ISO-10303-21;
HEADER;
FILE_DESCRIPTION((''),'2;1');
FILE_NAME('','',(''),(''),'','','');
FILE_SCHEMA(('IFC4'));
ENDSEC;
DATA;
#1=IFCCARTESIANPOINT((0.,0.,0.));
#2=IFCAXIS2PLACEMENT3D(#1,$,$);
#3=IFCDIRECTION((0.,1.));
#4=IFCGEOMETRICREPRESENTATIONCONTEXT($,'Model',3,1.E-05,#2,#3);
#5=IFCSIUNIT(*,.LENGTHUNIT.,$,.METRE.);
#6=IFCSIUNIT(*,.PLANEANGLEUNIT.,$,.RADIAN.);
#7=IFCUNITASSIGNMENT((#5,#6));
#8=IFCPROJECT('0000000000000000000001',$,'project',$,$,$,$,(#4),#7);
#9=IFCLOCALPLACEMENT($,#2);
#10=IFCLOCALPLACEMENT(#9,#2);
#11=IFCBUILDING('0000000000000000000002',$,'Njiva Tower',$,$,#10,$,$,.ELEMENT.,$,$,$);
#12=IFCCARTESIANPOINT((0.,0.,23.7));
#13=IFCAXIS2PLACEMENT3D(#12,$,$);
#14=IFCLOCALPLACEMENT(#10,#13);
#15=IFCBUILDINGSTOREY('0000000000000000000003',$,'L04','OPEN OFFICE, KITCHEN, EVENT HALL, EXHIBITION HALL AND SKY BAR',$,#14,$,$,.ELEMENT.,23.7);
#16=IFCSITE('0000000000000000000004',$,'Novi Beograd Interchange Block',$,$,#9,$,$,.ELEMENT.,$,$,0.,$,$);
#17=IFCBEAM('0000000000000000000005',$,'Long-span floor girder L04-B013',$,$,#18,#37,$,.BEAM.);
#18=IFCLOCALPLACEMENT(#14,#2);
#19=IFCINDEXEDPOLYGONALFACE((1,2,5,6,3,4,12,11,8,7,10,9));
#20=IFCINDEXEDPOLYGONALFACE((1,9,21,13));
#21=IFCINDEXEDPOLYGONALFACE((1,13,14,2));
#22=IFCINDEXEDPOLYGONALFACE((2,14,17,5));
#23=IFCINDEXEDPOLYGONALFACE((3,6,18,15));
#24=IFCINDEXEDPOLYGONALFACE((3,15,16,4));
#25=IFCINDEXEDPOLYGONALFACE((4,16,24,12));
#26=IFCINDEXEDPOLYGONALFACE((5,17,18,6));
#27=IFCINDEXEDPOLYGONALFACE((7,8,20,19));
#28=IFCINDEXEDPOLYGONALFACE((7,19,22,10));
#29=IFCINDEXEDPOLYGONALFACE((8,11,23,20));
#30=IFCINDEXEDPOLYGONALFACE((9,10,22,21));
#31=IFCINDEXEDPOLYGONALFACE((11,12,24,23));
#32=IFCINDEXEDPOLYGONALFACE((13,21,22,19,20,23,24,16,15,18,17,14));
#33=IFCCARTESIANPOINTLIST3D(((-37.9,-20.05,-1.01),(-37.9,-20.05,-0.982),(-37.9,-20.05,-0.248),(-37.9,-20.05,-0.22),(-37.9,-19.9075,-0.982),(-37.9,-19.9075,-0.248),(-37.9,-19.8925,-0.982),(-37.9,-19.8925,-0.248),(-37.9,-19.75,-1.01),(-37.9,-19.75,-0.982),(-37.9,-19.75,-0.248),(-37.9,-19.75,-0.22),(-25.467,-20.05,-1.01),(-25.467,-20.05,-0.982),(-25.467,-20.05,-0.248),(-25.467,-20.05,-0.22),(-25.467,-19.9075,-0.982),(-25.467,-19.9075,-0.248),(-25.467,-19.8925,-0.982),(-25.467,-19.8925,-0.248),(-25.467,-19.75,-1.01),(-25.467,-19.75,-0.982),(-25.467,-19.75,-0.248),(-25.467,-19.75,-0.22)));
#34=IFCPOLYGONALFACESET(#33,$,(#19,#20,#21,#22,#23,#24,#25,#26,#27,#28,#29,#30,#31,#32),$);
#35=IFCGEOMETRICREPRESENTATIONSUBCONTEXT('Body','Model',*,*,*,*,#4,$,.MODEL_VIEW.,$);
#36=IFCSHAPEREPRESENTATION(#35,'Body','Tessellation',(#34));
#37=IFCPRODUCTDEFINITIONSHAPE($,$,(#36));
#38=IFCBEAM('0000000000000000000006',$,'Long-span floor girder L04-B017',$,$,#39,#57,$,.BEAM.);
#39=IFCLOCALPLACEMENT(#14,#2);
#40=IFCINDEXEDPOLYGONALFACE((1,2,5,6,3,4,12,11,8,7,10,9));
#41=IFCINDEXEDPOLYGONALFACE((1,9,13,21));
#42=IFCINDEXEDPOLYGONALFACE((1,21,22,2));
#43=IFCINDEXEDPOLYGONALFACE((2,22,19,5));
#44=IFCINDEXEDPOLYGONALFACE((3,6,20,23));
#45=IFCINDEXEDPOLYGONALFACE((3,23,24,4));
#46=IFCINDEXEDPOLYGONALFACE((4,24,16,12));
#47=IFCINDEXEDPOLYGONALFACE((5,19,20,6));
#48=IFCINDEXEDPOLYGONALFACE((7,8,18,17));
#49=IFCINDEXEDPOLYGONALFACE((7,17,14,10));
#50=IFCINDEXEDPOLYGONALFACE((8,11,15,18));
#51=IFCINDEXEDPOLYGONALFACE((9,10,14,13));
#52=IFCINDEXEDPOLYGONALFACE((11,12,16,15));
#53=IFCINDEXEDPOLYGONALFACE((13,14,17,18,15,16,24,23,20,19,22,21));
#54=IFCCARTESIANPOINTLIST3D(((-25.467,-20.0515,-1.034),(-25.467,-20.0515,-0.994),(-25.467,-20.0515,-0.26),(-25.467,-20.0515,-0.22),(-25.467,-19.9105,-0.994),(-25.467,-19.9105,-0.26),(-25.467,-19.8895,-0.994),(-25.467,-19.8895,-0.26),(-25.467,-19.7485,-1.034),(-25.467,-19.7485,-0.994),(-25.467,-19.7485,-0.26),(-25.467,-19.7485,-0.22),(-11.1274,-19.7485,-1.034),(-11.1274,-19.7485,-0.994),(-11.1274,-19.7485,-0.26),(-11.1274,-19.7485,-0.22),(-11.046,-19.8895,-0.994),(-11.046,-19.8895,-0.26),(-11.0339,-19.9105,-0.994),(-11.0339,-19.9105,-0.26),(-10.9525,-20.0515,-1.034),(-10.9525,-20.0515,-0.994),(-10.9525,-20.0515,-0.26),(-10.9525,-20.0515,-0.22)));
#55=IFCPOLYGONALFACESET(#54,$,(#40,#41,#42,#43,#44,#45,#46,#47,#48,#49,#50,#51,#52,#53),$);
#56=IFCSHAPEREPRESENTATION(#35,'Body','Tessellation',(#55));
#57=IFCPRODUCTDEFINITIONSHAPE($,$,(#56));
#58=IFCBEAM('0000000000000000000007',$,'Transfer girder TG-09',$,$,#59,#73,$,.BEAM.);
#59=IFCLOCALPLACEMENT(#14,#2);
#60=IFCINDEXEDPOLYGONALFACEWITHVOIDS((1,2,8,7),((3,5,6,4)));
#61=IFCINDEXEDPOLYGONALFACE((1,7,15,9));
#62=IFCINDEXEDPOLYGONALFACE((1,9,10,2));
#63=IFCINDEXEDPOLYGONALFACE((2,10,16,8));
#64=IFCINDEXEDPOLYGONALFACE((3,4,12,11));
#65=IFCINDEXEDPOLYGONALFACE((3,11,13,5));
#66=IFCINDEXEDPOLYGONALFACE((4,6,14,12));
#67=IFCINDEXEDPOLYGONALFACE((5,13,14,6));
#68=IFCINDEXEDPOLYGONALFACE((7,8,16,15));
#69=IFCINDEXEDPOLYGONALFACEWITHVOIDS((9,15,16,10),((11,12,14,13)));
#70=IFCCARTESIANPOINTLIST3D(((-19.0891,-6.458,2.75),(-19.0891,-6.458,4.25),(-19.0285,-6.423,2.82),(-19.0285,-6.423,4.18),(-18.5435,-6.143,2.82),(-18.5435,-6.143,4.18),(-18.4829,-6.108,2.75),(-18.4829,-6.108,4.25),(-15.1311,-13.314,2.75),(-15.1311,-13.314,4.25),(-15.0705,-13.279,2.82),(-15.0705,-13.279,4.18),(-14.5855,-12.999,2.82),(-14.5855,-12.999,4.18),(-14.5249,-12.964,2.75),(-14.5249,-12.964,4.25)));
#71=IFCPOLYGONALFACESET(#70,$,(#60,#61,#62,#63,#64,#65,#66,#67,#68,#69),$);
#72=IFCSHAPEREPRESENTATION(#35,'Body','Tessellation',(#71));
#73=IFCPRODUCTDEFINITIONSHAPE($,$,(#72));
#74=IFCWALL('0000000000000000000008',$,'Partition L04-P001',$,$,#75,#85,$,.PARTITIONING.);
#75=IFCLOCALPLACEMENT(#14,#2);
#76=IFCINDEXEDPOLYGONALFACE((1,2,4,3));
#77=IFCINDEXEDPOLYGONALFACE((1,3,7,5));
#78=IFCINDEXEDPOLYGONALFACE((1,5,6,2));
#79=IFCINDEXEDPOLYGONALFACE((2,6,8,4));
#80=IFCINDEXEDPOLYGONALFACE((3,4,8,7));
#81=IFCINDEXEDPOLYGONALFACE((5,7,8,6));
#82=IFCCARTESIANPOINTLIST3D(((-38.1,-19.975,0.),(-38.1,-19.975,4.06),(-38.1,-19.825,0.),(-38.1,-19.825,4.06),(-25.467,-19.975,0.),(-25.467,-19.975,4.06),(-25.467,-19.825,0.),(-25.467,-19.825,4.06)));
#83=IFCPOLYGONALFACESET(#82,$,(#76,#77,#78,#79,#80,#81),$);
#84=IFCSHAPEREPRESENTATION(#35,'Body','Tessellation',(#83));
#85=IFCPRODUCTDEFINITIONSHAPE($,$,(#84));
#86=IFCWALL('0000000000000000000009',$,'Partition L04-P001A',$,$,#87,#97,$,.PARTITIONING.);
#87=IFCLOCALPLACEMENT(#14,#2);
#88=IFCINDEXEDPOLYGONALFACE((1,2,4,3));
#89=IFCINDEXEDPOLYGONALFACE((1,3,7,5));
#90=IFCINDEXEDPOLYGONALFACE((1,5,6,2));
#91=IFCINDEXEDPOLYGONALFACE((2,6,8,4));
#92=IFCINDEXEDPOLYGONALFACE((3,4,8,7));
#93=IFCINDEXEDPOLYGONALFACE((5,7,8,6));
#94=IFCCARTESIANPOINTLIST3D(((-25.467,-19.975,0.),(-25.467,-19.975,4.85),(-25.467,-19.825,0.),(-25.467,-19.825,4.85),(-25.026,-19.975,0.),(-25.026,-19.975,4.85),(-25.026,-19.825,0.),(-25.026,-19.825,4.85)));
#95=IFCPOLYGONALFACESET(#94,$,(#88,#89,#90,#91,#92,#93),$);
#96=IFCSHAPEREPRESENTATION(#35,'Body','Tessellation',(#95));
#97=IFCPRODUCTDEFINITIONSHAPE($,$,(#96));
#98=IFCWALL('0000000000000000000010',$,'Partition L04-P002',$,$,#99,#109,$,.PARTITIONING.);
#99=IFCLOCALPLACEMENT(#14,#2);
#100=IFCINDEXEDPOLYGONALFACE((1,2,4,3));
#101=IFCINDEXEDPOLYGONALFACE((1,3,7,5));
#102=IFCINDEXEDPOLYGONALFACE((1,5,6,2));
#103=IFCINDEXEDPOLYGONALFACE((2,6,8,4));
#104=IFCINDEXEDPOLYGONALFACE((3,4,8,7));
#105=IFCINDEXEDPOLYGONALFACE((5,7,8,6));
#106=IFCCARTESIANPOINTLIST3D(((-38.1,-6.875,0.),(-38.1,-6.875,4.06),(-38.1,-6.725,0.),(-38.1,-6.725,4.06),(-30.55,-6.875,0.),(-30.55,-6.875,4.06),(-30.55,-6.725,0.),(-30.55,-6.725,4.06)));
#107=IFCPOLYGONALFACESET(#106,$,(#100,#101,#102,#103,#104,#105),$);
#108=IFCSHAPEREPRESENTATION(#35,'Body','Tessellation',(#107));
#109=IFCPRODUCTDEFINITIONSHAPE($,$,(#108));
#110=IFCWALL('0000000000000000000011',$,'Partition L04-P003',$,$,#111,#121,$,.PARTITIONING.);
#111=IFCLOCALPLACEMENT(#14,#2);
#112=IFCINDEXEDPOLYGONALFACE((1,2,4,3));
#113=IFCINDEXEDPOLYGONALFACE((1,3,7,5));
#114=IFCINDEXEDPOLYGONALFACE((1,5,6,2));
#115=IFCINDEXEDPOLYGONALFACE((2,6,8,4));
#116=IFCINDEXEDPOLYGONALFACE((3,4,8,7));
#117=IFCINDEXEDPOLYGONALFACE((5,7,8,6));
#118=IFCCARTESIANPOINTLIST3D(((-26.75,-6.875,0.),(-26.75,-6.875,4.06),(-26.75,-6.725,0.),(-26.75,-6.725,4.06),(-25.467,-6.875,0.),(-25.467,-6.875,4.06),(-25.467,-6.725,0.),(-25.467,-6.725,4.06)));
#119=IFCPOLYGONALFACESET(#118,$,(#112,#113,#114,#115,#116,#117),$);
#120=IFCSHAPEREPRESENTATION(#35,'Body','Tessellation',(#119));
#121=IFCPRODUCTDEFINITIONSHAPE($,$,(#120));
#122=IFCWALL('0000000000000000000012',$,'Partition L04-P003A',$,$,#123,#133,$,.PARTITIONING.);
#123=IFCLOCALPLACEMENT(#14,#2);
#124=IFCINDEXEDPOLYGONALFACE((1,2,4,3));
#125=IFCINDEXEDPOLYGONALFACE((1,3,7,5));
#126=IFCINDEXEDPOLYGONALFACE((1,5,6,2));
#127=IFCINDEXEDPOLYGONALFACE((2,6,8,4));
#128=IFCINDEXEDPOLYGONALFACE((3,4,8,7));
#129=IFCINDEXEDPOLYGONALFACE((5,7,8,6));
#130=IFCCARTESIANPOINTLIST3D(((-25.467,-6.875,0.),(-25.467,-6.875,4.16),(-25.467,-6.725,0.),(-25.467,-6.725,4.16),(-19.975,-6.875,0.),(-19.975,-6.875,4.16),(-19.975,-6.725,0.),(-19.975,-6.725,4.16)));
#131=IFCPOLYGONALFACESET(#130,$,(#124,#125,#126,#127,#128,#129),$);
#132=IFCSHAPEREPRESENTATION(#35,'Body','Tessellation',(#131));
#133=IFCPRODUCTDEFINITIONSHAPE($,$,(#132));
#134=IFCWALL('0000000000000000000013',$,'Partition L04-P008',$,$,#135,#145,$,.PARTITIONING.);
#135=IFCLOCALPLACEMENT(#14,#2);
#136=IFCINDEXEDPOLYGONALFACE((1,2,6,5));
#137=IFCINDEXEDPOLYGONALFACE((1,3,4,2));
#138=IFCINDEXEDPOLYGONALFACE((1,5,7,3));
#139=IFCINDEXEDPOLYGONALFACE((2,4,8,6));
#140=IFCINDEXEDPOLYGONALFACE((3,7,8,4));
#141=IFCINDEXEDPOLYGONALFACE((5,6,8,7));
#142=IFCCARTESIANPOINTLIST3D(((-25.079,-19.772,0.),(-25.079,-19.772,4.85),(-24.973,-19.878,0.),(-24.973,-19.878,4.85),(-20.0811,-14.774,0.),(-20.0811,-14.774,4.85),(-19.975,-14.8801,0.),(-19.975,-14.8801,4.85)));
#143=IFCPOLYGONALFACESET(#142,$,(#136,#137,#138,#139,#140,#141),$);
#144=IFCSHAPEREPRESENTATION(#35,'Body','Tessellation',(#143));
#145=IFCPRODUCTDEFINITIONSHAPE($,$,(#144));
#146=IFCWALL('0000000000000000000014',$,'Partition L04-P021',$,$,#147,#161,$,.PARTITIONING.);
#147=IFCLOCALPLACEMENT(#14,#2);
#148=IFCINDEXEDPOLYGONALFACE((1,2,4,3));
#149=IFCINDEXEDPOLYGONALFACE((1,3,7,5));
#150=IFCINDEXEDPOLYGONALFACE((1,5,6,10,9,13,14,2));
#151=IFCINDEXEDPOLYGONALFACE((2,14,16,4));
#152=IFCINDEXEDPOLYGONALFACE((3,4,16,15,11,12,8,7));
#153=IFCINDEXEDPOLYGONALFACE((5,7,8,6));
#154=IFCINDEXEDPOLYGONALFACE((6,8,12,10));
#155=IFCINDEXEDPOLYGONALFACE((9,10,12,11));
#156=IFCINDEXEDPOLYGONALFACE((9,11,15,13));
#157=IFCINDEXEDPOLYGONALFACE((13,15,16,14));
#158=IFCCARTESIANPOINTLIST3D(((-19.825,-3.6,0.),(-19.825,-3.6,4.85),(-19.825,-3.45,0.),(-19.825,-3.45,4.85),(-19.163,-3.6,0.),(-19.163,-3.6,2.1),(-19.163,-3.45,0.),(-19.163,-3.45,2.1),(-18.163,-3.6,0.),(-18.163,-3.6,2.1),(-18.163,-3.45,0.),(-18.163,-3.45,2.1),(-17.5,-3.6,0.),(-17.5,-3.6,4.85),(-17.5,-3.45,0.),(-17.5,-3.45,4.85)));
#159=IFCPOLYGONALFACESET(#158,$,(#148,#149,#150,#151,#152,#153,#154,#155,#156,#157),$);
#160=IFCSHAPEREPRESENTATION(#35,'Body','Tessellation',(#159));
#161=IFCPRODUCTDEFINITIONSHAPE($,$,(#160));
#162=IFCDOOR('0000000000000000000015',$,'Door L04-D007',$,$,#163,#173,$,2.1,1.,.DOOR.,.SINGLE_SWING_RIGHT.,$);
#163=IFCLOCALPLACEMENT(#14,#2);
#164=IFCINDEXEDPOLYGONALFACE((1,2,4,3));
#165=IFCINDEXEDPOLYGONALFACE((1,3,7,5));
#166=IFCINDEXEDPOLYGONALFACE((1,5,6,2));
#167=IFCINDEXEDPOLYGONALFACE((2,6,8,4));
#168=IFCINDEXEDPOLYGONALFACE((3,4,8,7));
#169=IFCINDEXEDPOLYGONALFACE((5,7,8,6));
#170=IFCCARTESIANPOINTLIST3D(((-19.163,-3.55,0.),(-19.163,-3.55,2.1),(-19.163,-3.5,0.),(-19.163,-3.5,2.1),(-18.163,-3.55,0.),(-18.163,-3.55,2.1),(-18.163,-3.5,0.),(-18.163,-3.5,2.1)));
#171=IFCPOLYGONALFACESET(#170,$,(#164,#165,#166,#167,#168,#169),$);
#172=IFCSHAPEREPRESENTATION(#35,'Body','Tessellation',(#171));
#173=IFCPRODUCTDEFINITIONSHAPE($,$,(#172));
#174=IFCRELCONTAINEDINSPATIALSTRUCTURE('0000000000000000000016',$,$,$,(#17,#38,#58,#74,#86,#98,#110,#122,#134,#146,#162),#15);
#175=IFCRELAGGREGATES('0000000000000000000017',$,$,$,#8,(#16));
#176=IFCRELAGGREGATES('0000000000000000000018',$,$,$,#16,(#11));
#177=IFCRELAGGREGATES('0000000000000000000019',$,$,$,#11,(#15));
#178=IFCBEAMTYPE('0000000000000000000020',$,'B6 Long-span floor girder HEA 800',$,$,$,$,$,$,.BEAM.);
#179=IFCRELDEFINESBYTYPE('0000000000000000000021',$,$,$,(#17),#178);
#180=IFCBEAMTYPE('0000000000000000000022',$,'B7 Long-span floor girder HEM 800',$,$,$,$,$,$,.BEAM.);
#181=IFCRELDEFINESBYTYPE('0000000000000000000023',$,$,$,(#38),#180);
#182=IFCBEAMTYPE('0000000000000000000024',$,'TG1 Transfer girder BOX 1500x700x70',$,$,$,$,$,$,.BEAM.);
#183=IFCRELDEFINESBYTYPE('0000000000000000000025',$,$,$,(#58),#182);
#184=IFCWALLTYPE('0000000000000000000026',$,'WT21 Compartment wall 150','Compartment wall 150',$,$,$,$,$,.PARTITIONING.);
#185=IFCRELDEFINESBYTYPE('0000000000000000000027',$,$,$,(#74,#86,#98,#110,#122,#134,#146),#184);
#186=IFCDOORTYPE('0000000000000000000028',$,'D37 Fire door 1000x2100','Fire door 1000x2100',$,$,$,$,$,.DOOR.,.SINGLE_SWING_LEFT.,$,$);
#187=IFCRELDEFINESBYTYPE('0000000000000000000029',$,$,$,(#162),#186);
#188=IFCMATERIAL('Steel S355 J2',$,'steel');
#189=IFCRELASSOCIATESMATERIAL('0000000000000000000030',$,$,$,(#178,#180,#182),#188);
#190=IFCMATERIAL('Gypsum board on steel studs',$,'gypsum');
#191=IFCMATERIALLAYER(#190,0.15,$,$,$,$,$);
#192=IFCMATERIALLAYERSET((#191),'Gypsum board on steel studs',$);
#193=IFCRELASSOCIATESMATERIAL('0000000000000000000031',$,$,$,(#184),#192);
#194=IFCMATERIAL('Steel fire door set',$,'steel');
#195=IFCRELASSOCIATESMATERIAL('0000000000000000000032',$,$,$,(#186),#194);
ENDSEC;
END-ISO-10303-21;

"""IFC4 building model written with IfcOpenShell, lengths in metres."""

from ifc_helpers import new_model, si_unit, direction, frame, frame_2d, origin, origin_2d, place, context, subcontext, project, spatial, rectangle, hollow_rectangle, i_section, extrude, clip, halfspace, material, layer, layer_set, material_profile, profile_set, type_object, element, fill, save


model = new_model("IFC4")

# Units and contexts
model_context = context("Model", 3, precision=1e-05, world=origin(), true_north=direction((0.0, 1.0)))
body_context = subcontext(model_context, "Body", "Model", "MODEL_VIEW")
ifc_project = project(units=[si_unit("LENGTHUNIT", "METRE"), si_unit("PLANEANGLEUNIT", "RADIAN")], contexts=[model_context])

# Site, building, storey
site_placement = place(None, origin())
site = spatial("IfcSite", under=ifc_project, at=site_placement, Name="Novi Beograd Interchange Block", CompositionType="ELEMENT", RefElevation=0.0)
building_placement = place(site_placement, origin())
building = spatial("IfcBuilding", under=site, at=building_placement, Name="Njiva Tower", CompositionType="ELEMENT")
storey_placement = place(building_placement, frame((0.0, 0.0, 23.7)))
storey = spatial("IfcBuildingStorey", under=building, at=storey_placement, Name="L04", Description="OPEN OFFICE, KITCHEN, EVENT HALL, EXHIBITION HALL AND SKY BAR", CompositionType="ELEMENT", Elevation=23.7)

# Shared definitions
ifc_material_1 = material(Name="Steel S355 J2", Category="steel")

# Beams
ifc_material_profile_1 = material_profile(ifc_material_1, i_section(OverallWidth=0.3, OverallDepth=0.79, WebThickness=0.015, FlangeThickness=0.028, at=origin_2d()), Name="HEA 800")
ifc_profile_set_1 = profile_set([ifc_material_profile_1], Name="Steel S355 J2")
beam_type_1 = type_object("IfcBeamType", Name="B6 Long-span floor girder HEA 800", PredefinedType="BEAM", material=ifc_profile_set_1)
beam_1_placement = place(storey_placement, frame((-37.9, -19.9, -0.615), z_axis=(1.0, 0.0, 0.0), x_axis=(0.0, 1.0, 0.0)))
element("IfcBeam", 1, at=beam_1_placement, inside=storey, type_object=beam_type_1, Name="Long-span floor girder L04-B013", PredefinedType="BEAM", context=body_context, shape_type="SweptSolid", body=[
    extrude(i_section(OverallWidth=0.3, OverallDepth=0.79, WebThickness=0.015, FlangeThickness=0.028, at=origin_2d()), origin(), (0.0, 0.0, 1.0), 12.433),
])
ifc_material_profile_2 = material_profile(ifc_material_1, i_section(OverallWidth=0.303, OverallDepth=0.814, WebThickness=0.021, FlangeThickness=0.04, at=origin_2d()), Name="HEM 800")
ifc_profile_set_2 = profile_set([ifc_material_profile_2], Name="Steel S355 J2")
beam_type_2 = type_object("IfcBeamType", Name="B7 Long-span floor girder HEM 800", PredefinedType="BEAM", material=ifc_profile_set_2)
beam_2_placement = place(storey_placement, frame((-25.467, -19.9, -0.627), z_axis=(1.0, 0.0, 0.0), x_axis=(0.0, 1.0, 0.0)))
element("IfcBeam", 2, at=beam_2_placement, inside=storey, type_object=beam_type_2, Name="Long-span floor girder L04-B017", PredefinedType="BEAM", context=body_context, shape_type="Clipping", body=[
    clip(extrude(i_section(OverallWidth=0.303, OverallDepth=0.814, WebThickness=0.021, FlangeThickness=0.04, at=origin_2d()), origin(), (0.0, 0.0, 1.0), 14.534), halfspace(frame((0.025, 0.0, 14.4126), z_axis=(0.499998, 0.0, 0.866027), x_axis=(0.0, 1.0, 0.0)), False)),
])
ifc_material_profile_3 = material_profile(ifc_material_1, hollow_rectangle(XDim=0.7, YDim=1.5, WallThickness=0.07, at=origin_2d()), Name="BOX 1500x700x70")
ifc_profile_set_3 = profile_set([ifc_material_profile_3], Name="Steel S355 J2")
beam_type_3 = type_object("IfcBeamType", Name="TG1 Transfer girder BOX 1500x700x70", PredefinedType="BEAM", material=ifc_profile_set_3)
beam_3_placement = place(storey_placement, frame((-18.786, -6.283, 3.5), z_axis=(0.49997, -0.866043, 0.0), x_axis=(0.866043, 0.49997, 0.0)))
element("IfcBeam", 3, at=beam_3_placement, inside=storey, type_object=beam_type_3, Name="Transfer girder TG-09", PredefinedType="BEAM", context=body_context, shape_type="SweptSolid", body=[
    extrude(hollow_rectangle(XDim=0.7, YDim=1.5, WallThickness=0.07, at=origin_2d()), origin(), (0.0, 0.0, 1.0), 7.9165),
])

# Walls
ifc_material_2 = material(Name="Gypsum board on steel studs", Category="gypsum")
ifc_layer_1 = layer(ifc_material_2, 0.15)
ifc_layer_set_1 = layer_set([ifc_layer_1], Name="Gypsum board on steel studs")
wall_type_1 = type_object("IfcWallType", Name="WT21 Compartment wall 150", Description="Compartment wall 150", PredefinedType="PARTITIONING", material=ifc_layer_set_1)
wall_1_placement = place(storey_placement, frame((-38.1, -19.9, 0.0), z_axis=(0.0, 0.0, 1.0), x_axis=(1.0, 0.0, 0.0)))
element("IfcWall", 4, at=wall_1_placement, inside=storey, type_object=wall_type_1, Name="Partition L04-P001", PredefinedType="PARTITIONING", context=body_context, shape_type="SweptSolid", body=[
    extrude(rectangle(XDim=12.633, YDim=0.15, at=frame_2d((6.3165, 0.0))), origin(), (0.0, 0.0, 1.0), 4.06),
])
wall_2_placement = place(storey_placement, frame((-25.467, -19.9, 0.0), z_axis=(0.0, 0.0, 1.0), x_axis=(1.0, 0.0, 0.0)))
element("IfcWall", 5, at=wall_2_placement, inside=storey, type_object=wall_type_1, Name="Partition L04-P001A", PredefinedType="PARTITIONING", context=body_context, shape_type="SweptSolid", body=[
    extrude(rectangle(XDim=0.441, YDim=0.15, at=frame_2d((0.2205, 0.0))), origin(), (0.0, 0.0, 1.0), 4.85),
])
wall_3_placement = place(storey_placement, frame((-38.1, -6.8, 0.0), z_axis=(0.0, 0.0, 1.0), x_axis=(1.0, 0.0, 0.0)))
element("IfcWall", 6, at=wall_3_placement, inside=storey, type_object=wall_type_1, Name="Partition L04-P002", PredefinedType="PARTITIONING", context=body_context, shape_type="SweptSolid", body=[
    extrude(rectangle(XDim=7.55, YDim=0.15, at=frame_2d((3.775, 0.0))), origin(), (0.0, 0.0, 1.0), 4.06),
])
wall_4_placement = place(storey_placement, frame((-26.75, -6.8, 0.0), z_axis=(0.0, 0.0, 1.0), x_axis=(1.0, 0.0, 0.0)))
element("IfcWall", 7, at=wall_4_placement, inside=storey, type_object=wall_type_1, Name="Partition L04-P003", PredefinedType="PARTITIONING", context=body_context, shape_type="SweptSolid", body=[
    extrude(rectangle(XDim=1.283, YDim=0.15, at=frame_2d((0.6415, 0.0))), origin(), (0.0, 0.0, 1.0), 4.06),
])
wall_5_placement = place(storey_placement, frame((-25.467, -6.8, 0.0), z_axis=(0.0, 0.0, 1.0), x_axis=(1.0, 0.0, 0.0)))
element("IfcWall", 8, at=wall_5_placement, inside=storey, type_object=wall_type_1, Name="Partition L04-P003A", PredefinedType="PARTITIONING", context=body_context, shape_type="SweptSolid", body=[
    extrude(rectangle(XDim=5.492, YDim=0.15, at=frame_2d((2.746, 0.0))), origin(), (0.0, 0.0, 1.0), 4.16),
])
wall_6_placement = place(storey_placement, frame((-25.026, -19.825, 0.0), z_axis=(0.0, 0.0, 1.0), x_axis=(0.707107, 0.707107, 0.0)))
element("IfcWall", 9, at=wall_6_placement, inside=storey, type_object=wall_type_1, Name="Partition L04-P008", PredefinedType="PARTITIONING", context=body_context, shape_type="SweptSolid", body=[
    extrude(rectangle(XDim=7.0682, YDim=0.15, at=frame_2d((3.5341, 0.0))), origin(), (0.0, 0.0, 1.0), 4.85),
])

# Wall, opening, door
wall_7_placement = place(storey_placement, frame((-19.825, -3.525, 0.0), z_axis=(0.0, 0.0, 1.0), x_axis=(1.0, 0.0, 0.0)))
wall_7 = element("IfcWall", 10, at=wall_7_placement, inside=storey, type_object=wall_type_1, Name="Partition L04-P021", PredefinedType="PARTITIONING", context=body_context, shape_type="SweptSolid", body=[
    extrude(rectangle(XDim=2.325, YDim=0.15, at=frame_2d((1.1625, 0.0))), origin(), (0.0, 0.0, 1.0), 4.85),
])
opening_1_placement = place(wall_7_placement, frame((0.662, 0.0, 0.0)))
opening_1 = element("IfcOpeningElement", 11, at=opening_1_placement, cuts=wall_7, PredefinedType="OPENING", context=body_context, shape_type="SweptSolid", body=[
    extrude(rectangle(XDim=1.0, YDim=2.1, at=frame_2d((0.5, 1.05))), frame((0.0, 0.085, 0.0), z_axis=(0.0, -1.0, 0.0), x_axis=(1.0, 0.0, 0.0)), (0.0, 0.0, 1.0), 0.17),
])
ifc_material_3 = material(Name="Steel fire door set", Category="steel")
door_type_1 = type_object("IfcDoorType", Name="D37 Fire door 1000x2100", Description="Fire door 1000x2100", OperationType="SINGLE_SWING_LEFT", PredefinedType="DOOR", material=ifc_material_3)
door_1_placement = place(opening_1_placement, origin())
door_1 = element("IfcDoor", 12, at=door_1_placement, inside=storey, type_object=door_type_1, Name="Door L04-D007", OperationType="SINGLE_SWING_RIGHT", OverallHeight=2.1, OverallWidth=1.0, PredefinedType="DOOR", context=body_context, shape_type="SweptSolid", body=[
    extrude(rectangle(XDim=1.0, YDim=2.1, at=frame_2d((0.5, 1.05))), frame((0.0, 0.025, 0.0), z_axis=(0.0, -1.0, 0.0), x_axis=(1.0, 0.0, 0.0)), (0.0, 0.0, 1.0), 0.05),
])
fill(opening_1, door_1)

save(model, "model.ifc")
